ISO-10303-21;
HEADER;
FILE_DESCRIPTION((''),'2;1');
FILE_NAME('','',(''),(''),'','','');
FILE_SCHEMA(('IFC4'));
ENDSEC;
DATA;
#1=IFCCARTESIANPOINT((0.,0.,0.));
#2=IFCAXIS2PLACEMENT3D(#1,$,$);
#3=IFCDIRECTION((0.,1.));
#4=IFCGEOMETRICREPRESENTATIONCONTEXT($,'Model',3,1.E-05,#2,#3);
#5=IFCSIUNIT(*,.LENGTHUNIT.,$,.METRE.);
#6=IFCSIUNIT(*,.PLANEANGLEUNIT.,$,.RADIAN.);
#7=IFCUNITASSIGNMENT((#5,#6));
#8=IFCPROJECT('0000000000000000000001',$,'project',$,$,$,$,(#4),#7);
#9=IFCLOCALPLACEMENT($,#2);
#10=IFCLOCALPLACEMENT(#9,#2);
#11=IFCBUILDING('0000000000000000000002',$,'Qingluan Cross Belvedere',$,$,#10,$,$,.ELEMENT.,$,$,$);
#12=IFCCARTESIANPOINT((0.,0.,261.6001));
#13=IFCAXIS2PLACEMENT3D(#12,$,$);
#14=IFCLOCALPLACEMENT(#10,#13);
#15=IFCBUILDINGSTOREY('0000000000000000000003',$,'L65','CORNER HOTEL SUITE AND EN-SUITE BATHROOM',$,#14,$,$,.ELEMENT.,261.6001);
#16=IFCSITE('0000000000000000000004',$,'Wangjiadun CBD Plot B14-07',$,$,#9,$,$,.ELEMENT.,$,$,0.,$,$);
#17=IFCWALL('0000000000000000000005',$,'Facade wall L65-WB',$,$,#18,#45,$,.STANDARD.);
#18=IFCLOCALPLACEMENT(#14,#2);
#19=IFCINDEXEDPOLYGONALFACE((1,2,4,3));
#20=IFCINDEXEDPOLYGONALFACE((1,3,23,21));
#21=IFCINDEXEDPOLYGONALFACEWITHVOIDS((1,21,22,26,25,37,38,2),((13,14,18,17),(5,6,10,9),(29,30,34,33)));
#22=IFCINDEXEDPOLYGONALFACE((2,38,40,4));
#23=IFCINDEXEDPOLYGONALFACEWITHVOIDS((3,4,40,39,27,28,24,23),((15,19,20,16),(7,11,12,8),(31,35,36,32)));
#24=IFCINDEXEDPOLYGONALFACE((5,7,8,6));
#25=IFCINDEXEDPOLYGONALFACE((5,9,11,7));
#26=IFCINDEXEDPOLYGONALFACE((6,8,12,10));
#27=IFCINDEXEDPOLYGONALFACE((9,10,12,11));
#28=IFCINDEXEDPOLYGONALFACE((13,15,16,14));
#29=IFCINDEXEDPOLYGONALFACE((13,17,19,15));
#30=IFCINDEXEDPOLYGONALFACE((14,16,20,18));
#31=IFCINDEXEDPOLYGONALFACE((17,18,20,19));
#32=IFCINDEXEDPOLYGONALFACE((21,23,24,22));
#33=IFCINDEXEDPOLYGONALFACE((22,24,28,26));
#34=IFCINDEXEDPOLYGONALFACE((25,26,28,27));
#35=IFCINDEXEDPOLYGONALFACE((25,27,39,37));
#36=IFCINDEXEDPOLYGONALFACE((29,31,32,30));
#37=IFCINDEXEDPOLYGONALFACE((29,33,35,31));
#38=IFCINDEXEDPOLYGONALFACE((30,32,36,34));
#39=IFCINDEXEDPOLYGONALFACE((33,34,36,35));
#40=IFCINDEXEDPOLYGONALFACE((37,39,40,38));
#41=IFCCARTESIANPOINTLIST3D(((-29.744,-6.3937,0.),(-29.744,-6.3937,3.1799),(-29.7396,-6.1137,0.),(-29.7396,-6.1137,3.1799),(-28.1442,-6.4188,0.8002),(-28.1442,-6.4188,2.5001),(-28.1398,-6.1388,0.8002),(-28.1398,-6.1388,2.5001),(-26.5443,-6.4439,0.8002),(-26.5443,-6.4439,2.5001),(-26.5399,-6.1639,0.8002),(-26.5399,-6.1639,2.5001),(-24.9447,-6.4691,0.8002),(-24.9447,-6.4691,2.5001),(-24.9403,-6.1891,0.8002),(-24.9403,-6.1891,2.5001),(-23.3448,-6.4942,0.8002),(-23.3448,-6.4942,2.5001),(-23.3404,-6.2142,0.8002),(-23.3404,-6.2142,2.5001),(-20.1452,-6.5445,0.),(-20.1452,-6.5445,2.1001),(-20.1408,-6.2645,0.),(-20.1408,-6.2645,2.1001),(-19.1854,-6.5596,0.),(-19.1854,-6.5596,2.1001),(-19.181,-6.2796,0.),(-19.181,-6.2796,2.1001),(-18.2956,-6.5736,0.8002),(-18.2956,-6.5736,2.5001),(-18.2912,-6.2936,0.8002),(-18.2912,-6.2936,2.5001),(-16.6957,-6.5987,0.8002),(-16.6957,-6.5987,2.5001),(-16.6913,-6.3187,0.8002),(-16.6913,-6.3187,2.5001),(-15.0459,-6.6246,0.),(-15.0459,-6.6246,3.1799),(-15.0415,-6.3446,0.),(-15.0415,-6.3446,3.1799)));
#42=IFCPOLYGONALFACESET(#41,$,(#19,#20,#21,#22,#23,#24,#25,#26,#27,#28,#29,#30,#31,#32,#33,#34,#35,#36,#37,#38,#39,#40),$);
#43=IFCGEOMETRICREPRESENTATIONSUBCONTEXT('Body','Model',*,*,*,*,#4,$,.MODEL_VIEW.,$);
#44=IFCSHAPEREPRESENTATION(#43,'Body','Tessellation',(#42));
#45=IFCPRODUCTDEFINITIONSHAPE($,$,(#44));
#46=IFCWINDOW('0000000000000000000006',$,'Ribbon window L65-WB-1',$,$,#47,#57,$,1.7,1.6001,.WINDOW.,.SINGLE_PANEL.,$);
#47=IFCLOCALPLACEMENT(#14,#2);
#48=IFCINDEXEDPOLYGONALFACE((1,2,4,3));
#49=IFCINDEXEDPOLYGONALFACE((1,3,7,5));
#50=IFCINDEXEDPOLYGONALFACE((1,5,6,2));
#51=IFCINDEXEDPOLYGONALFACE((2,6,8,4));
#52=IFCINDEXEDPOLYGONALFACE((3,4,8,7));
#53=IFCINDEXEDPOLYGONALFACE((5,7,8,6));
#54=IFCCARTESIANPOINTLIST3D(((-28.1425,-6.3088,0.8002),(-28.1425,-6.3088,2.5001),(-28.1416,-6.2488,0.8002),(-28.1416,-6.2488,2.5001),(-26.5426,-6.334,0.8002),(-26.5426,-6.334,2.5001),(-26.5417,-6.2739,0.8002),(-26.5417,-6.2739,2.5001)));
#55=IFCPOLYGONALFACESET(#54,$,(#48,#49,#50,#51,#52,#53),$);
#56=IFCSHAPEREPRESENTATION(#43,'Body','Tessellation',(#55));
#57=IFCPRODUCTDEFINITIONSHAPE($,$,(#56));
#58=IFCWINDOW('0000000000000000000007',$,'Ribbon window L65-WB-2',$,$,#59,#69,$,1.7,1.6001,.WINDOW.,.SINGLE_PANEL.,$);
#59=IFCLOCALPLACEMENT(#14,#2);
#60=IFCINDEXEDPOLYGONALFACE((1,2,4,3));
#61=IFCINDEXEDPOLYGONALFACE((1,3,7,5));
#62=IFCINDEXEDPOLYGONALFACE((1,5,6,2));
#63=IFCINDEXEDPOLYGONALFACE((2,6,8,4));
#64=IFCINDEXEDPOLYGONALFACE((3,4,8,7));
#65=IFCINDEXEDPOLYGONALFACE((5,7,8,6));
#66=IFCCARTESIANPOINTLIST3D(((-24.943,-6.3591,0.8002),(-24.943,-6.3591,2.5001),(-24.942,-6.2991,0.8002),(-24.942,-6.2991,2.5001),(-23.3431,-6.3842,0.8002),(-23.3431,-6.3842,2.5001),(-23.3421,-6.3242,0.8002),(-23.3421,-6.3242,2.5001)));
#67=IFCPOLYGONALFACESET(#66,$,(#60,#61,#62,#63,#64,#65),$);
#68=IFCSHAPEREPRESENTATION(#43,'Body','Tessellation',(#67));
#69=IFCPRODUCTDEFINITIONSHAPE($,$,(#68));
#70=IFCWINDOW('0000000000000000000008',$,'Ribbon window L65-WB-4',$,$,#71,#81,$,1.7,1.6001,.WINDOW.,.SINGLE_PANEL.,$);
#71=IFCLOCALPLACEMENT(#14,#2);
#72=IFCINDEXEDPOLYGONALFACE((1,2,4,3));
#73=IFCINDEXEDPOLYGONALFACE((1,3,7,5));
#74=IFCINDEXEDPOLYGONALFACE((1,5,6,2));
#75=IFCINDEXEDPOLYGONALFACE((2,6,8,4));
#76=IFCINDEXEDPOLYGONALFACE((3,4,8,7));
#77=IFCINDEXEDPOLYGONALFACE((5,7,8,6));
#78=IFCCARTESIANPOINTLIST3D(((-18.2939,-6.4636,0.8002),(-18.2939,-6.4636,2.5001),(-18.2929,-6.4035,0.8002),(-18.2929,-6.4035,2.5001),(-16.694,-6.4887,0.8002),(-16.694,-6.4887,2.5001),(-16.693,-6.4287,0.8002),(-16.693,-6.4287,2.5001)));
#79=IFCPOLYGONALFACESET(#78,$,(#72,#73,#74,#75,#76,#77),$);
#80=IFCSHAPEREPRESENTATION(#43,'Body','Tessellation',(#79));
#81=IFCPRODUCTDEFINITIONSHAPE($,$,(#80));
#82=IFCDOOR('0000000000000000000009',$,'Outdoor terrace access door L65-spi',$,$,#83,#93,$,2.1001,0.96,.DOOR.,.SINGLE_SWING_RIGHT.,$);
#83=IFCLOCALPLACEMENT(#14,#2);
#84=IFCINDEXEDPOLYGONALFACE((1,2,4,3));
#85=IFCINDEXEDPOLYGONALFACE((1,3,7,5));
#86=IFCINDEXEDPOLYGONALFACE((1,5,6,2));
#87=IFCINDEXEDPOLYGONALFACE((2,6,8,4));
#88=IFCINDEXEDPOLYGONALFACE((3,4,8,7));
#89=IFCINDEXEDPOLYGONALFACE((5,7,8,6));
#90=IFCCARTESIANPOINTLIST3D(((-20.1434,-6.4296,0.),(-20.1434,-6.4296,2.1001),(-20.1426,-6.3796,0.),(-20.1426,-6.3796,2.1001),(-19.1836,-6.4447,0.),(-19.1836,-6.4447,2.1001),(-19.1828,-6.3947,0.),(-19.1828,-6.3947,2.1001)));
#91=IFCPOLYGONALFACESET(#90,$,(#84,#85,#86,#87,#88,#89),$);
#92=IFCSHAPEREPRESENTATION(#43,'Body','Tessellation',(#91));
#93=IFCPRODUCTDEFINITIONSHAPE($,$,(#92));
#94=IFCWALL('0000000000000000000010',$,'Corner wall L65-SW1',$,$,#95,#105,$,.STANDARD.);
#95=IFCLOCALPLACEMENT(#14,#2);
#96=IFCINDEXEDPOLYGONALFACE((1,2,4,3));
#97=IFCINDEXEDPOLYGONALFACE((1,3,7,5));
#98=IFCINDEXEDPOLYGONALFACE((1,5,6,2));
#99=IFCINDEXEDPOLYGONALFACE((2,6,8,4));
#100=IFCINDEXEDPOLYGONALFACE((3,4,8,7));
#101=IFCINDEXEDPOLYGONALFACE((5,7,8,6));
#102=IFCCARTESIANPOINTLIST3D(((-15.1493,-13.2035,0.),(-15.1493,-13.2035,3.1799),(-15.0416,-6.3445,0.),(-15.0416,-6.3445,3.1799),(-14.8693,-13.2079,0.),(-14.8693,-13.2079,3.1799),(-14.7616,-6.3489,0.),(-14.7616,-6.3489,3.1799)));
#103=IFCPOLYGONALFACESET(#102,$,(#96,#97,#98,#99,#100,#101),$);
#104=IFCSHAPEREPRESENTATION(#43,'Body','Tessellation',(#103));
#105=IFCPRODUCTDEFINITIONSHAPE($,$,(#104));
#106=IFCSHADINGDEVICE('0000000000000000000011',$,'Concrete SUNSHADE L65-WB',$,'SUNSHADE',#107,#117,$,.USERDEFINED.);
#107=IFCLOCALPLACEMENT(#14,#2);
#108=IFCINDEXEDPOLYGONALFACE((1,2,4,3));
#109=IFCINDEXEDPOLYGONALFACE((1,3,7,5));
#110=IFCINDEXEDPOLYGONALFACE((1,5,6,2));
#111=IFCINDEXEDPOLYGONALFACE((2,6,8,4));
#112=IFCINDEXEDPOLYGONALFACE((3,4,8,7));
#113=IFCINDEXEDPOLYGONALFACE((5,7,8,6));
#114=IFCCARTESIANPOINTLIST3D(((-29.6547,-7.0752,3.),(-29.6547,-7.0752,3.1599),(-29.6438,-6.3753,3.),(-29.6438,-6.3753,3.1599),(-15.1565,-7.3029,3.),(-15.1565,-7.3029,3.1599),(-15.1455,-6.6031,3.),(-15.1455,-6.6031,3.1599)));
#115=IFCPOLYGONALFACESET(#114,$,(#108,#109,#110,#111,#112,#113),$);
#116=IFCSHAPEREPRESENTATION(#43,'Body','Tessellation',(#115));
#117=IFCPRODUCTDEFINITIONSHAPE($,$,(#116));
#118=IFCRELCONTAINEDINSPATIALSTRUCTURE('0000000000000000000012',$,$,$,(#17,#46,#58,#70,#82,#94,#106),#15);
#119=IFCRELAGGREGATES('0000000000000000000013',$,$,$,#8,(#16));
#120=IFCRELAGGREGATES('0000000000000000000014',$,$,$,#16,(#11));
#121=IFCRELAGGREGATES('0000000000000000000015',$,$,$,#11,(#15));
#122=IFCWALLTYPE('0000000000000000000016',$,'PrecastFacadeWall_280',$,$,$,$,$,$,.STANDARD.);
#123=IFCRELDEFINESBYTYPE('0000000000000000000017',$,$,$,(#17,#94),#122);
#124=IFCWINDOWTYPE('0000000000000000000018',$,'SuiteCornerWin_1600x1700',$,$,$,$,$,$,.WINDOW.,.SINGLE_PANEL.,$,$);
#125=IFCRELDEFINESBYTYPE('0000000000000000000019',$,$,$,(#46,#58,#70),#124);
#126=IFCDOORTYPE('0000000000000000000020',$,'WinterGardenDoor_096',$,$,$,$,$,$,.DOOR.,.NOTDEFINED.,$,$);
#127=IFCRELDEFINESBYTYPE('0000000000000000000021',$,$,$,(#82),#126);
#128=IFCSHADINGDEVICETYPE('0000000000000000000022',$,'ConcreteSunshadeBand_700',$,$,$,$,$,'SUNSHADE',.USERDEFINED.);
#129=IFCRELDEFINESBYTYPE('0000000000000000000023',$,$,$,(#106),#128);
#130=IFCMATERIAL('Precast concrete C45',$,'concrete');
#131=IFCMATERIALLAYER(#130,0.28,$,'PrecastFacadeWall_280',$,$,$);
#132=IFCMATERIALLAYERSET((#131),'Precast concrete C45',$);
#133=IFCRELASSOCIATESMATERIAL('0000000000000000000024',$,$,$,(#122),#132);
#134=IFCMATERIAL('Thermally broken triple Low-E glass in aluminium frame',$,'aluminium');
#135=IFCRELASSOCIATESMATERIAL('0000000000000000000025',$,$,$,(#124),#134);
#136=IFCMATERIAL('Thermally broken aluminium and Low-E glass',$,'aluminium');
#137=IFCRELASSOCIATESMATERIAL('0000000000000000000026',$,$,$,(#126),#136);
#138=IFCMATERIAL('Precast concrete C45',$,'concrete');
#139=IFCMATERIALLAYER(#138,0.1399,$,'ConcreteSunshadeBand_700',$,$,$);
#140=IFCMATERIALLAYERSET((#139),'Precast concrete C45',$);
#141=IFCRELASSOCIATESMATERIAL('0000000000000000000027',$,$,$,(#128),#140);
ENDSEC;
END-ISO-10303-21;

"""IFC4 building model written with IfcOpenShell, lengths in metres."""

from ifc_helpers import new_model, si_unit, direction, frame, frame_2d, origin, origin_2d, place, context, subcontext, project, spatial, rectangle, extrude, material, layer, layer_set, type_object, element, fill, save


model = new_model("IFC4")

# Units and contexts
model_context = context("Model", 3, precision=1e-05, world=origin(), true_north=direction((0.0, 1.0)))
body_context = subcontext(model_context, "Body", "Model", "MODEL_VIEW")
ifc_project = project(units=[si_unit("LENGTHUNIT", "METRE"), si_unit("PLANEANGLEUNIT", "RADIAN")], contexts=[model_context])

# Site, building, storey
site_placement = place(None, origin())
site = spatial("IfcSite", under=ifc_project, at=site_placement, Name="Wangjiadun CBD Plot B14-07", CompositionType="ELEMENT", RefElevation=0.0)
building_placement = place(site_placement, origin())
building = spatial("IfcBuilding", under=site, at=building_placement, Name="Qingluan Cross Belvedere", CompositionType="ELEMENT")
storey_placement = place(building_placement, frame((0.0, 0.0, 261.6001)))
storey = spatial("IfcBuildingStorey", under=building, at=storey_placement, Name="L65", Description="CORNER HOTEL SUITE AND EN-SUITE BATHROOM", CompositionType="ELEMENT", Elevation=261.6001)

# Wall, openings, windows, door
ifc_material_1 = material(Name="Precast concrete C45", Category="concrete")
ifc_layer_1 = layer(ifc_material_1, 0.28, Name="PrecastFacadeWall_280")
ifc_layer_set_1 = layer_set([ifc_layer_1], Name="Precast concrete C45")
wall_type_1 = type_object("IfcWallType", Name="PrecastFacadeWall_280", PredefinedType="STANDARD", material=ifc_layer_set_1)
wall_1_placement = place(storey_placement, frame((-29.7419, -6.2537, 0.0), z_axis=(0.0, 0.0, 1.0), x_axis=(0.999877, -0.015711, 0.0)))
wall_1 = element("IfcWall", 1, at=wall_1_placement, inside=storey, type_object=wall_type_1, Name="Facade wall L65-WB", PredefinedType="STANDARD", context=body_context, shape_type="SweptSolid", body=[
    extrude(rectangle(XDim=14.7, YDim=0.28, at=frame_2d((7.3501, 0.0))), origin(), (0.0, 0.0, 1.0), 3.1799),
])
opening_1_placement = place(wall_1_placement, frame((1.6001, 0.0, 0.8)))
opening_1 = element("IfcOpeningElement", 2, at=opening_1_placement, cuts=wall_1, PredefinedType="OPENING", context=body_context, shape_type="SweptSolid", body=[
    extrude(rectangle(XDim=1.6001, YDim=1.7, at=frame_2d((0.8, 0.8501))), frame((0.0, 0.1499, 0.0), z_axis=(0.0, -1.0, 0.0), x_axis=(1.0, 0.0, 0.0)), (0.0, 0.0, 1.0), 0.3),
])
opening_2_placement = place(wall_1_placement, frame((4.8, 0.0, 0.8)))
opening_2 = element("IfcOpeningElement", 3, at=opening_2_placement, cuts=wall_1, PredefinedType="OPENING", context=body_context, shape_type="SweptSolid", body=[
    extrude(rectangle(XDim=1.6001, YDim=1.7, at=frame_2d((0.8, 0.8501))), frame((0.0, 0.1499, 0.0), z_axis=(0.0, -1.0, 0.0), x_axis=(1.0, 0.0, 0.0)), (0.0, 0.0, 1.0), 0.3),
])
opening_3_placement = place(wall_1_placement, frame((11.45, 0.0, 0.8)))
opening_3 = element("IfcOpeningElement", 4, at=opening_3_placement, cuts=wall_1, PredefinedType="OPENING", context=body_context, shape_type="SweptSolid", body=[
    extrude(rectangle(XDim=1.6001, YDim=1.7, at=frame_2d((0.8, 0.8501))), frame((0.0, 0.1499, 0.0), z_axis=(0.0, -1.0, 0.0), x_axis=(1.0, 0.0, 0.0)), (0.0, 0.0, 1.0), 0.3),
])
opening_4_placement = place(wall_1_placement, frame((9.6001, 0.0, 0.0)))
opening_4 = element("IfcOpeningElement", 5, at=opening_4_placement, cuts=wall_1, PredefinedType="OPENING", context=body_context, shape_type="SweptSolid", body=[
    extrude(rectangle(XDim=0.96, YDim=2.1001, at=frame_2d((0.48, 1.05))), frame((0.0, 0.1499, 0.0), z_axis=(0.0, -1.0, 0.0), x_axis=(1.0, 0.0, 0.0)), (0.0, 0.0, 1.0), 0.3),
])
ifc_material_2 = material(Name="Thermally broken triple Low-E glass in aluminium frame", Category="aluminium")
window_type = type_object("IfcWindowType", Name="SuiteCornerWin_1600x1700", PartitioningType="SINGLE_PANEL", PredefinedType="WINDOW", material=ifc_material_2)
window_1_placement = place(opening_1_placement, origin())
window_1 = element("IfcWindow", 6, at=window_1_placement, inside=storey, type_object=window_type, Name="Ribbon window L65-WB-1", OverallHeight=1.7, OverallWidth=1.6001, PartitioningType="SINGLE_PANEL", PredefinedType="WINDOW", context=body_context, shape_type="SweptSolid", body=[
    extrude(rectangle(XDim=1.6001, YDim=1.7, at=frame_2d((0.8, 0.8501))), frame((0.0, 0.03, 0.0), z_axis=(0.0, -1.0, 0.0), x_axis=(1.0, 0.0, 0.0)), (0.0, 0.0, 1.0), 0.0601),
])
fill(opening_1, window_1)
window_2_placement = place(opening_2_placement, origin())
window_2 = element("IfcWindow", 7, at=window_2_placement, inside=storey, type_object=window_type, Name="Ribbon window L65-WB-2", OverallHeight=1.7, OverallWidth=1.6001, PartitioningType="SINGLE_PANEL", PredefinedType="WINDOW", context=body_context, shape_type="SweptSolid", body=[
    extrude(rectangle(XDim=1.6001, YDim=1.7, at=frame_2d((0.8, 0.8501))), frame((0.0, 0.03, 0.0), z_axis=(0.0, -1.0, 0.0), x_axis=(1.0, 0.0, 0.0)), (0.0, 0.0, 1.0), 0.0601),
])
fill(opening_2, window_2)
window_3_placement = place(opening_3_placement, origin())
window_3 = element("IfcWindow", 8, at=window_3_placement, inside=storey, type_object=window_type, Name="Ribbon window L65-WB-4", OverallHeight=1.7, OverallWidth=1.6001, PartitioningType="SINGLE_PANEL", PredefinedType="WINDOW", context=body_context, shape_type="SweptSolid", body=[
    extrude(rectangle(XDim=1.6001, YDim=1.7, at=frame_2d((0.8, 0.8501))), frame((0.0, 0.03, 0.0), z_axis=(0.0, -1.0, 0.0), x_axis=(1.0, 0.0, 0.0)), (0.0, 0.0, 1.0), 0.0601),
])
fill(opening_3, window_3)
ifc_material_3 = material(Name="Thermally broken aluminium and Low-E glass", Category="aluminium")
door_type_1 = type_object("IfcDoorType", Name="WinterGardenDoor_096", OperationType="NOTDEFINED", PredefinedType="DOOR", material=ifc_material_3)
door_1_placement = place(opening_4_placement, origin())
door_1 = element("IfcDoor", 9, at=door_1_placement, inside=storey, type_object=door_type_1, Name="Outdoor terrace access door L65-spi", OperationType="SINGLE_SWING_RIGHT", OverallHeight=2.1001, OverallWidth=0.96, PredefinedType="DOOR", context=body_context, shape_type="SweptSolid", body=[
    extrude(rectangle(XDim=0.96, YDim=2.1001, at=frame_2d((0.48, 1.05))), frame((0.0, 0.0249, 0.0), z_axis=(0.0, -1.0, 0.0), x_axis=(1.0, 0.0, 0.0)), (0.0, 0.0, 1.0), 0.05),
])
fill(opening_4, door_1)

# Wall
wall_2_placement = place(storey_placement, frame((-14.9016, -6.3467, 0.0), z_axis=(0.0, 0.0, 1.0), x_axis=(-0.015695, -0.999877, 0.0)))
element("IfcWall", 10, at=wall_2_placement, inside=storey, type_object=wall_type_1, Name="Corner wall L65-SW1", PredefinedType="STANDARD", context=body_context, shape_type="SweptSolid", body=[
    extrude(rectangle(XDim=6.8599, YDim=0.28, at=frame_2d((3.4299, 0.0))), origin(), (0.0, 0.0, 1.0), 3.1799),
])

# Shading device
ifc_material_4 = material(Name="Precast concrete C45", Category="concrete")
ifc_layer_2 = layer(ifc_material_4, 0.1399, Name="ConcreteSunshadeBand_700")
ifc_layer_set_2 = layer_set([ifc_layer_2], Name="Precast concrete C45")
shading_device_type = type_object("IfcShadingDeviceType", Name="ConcreteSunshadeBand_700", ElementType="SUNSHADE", PredefinedType="USERDEFINED", material=ifc_layer_set_2)
shading_device_placement = place(storey_placement, frame((-22.4001, -6.8391, 3.0), z_axis=(0.0, 0.0, 1.0), x_axis=(0.999877, -0.015707, 0.0)))
element("IfcShadingDevice", 11, at=shading_device_placement, inside=storey, type_object=shading_device_type, Name="Concrete SUNSHADE L65-WB", ObjectType="SUNSHADE", PredefinedType="USERDEFINED", context=body_context, shape_type="SweptSolid", body=[
    extrude(rectangle(XDim=14.5, YDim=0.7, at=origin_2d()), origin(), (0.0, 0.0, 1.0), 0.1599),
])

save(model, "model.ifc")
